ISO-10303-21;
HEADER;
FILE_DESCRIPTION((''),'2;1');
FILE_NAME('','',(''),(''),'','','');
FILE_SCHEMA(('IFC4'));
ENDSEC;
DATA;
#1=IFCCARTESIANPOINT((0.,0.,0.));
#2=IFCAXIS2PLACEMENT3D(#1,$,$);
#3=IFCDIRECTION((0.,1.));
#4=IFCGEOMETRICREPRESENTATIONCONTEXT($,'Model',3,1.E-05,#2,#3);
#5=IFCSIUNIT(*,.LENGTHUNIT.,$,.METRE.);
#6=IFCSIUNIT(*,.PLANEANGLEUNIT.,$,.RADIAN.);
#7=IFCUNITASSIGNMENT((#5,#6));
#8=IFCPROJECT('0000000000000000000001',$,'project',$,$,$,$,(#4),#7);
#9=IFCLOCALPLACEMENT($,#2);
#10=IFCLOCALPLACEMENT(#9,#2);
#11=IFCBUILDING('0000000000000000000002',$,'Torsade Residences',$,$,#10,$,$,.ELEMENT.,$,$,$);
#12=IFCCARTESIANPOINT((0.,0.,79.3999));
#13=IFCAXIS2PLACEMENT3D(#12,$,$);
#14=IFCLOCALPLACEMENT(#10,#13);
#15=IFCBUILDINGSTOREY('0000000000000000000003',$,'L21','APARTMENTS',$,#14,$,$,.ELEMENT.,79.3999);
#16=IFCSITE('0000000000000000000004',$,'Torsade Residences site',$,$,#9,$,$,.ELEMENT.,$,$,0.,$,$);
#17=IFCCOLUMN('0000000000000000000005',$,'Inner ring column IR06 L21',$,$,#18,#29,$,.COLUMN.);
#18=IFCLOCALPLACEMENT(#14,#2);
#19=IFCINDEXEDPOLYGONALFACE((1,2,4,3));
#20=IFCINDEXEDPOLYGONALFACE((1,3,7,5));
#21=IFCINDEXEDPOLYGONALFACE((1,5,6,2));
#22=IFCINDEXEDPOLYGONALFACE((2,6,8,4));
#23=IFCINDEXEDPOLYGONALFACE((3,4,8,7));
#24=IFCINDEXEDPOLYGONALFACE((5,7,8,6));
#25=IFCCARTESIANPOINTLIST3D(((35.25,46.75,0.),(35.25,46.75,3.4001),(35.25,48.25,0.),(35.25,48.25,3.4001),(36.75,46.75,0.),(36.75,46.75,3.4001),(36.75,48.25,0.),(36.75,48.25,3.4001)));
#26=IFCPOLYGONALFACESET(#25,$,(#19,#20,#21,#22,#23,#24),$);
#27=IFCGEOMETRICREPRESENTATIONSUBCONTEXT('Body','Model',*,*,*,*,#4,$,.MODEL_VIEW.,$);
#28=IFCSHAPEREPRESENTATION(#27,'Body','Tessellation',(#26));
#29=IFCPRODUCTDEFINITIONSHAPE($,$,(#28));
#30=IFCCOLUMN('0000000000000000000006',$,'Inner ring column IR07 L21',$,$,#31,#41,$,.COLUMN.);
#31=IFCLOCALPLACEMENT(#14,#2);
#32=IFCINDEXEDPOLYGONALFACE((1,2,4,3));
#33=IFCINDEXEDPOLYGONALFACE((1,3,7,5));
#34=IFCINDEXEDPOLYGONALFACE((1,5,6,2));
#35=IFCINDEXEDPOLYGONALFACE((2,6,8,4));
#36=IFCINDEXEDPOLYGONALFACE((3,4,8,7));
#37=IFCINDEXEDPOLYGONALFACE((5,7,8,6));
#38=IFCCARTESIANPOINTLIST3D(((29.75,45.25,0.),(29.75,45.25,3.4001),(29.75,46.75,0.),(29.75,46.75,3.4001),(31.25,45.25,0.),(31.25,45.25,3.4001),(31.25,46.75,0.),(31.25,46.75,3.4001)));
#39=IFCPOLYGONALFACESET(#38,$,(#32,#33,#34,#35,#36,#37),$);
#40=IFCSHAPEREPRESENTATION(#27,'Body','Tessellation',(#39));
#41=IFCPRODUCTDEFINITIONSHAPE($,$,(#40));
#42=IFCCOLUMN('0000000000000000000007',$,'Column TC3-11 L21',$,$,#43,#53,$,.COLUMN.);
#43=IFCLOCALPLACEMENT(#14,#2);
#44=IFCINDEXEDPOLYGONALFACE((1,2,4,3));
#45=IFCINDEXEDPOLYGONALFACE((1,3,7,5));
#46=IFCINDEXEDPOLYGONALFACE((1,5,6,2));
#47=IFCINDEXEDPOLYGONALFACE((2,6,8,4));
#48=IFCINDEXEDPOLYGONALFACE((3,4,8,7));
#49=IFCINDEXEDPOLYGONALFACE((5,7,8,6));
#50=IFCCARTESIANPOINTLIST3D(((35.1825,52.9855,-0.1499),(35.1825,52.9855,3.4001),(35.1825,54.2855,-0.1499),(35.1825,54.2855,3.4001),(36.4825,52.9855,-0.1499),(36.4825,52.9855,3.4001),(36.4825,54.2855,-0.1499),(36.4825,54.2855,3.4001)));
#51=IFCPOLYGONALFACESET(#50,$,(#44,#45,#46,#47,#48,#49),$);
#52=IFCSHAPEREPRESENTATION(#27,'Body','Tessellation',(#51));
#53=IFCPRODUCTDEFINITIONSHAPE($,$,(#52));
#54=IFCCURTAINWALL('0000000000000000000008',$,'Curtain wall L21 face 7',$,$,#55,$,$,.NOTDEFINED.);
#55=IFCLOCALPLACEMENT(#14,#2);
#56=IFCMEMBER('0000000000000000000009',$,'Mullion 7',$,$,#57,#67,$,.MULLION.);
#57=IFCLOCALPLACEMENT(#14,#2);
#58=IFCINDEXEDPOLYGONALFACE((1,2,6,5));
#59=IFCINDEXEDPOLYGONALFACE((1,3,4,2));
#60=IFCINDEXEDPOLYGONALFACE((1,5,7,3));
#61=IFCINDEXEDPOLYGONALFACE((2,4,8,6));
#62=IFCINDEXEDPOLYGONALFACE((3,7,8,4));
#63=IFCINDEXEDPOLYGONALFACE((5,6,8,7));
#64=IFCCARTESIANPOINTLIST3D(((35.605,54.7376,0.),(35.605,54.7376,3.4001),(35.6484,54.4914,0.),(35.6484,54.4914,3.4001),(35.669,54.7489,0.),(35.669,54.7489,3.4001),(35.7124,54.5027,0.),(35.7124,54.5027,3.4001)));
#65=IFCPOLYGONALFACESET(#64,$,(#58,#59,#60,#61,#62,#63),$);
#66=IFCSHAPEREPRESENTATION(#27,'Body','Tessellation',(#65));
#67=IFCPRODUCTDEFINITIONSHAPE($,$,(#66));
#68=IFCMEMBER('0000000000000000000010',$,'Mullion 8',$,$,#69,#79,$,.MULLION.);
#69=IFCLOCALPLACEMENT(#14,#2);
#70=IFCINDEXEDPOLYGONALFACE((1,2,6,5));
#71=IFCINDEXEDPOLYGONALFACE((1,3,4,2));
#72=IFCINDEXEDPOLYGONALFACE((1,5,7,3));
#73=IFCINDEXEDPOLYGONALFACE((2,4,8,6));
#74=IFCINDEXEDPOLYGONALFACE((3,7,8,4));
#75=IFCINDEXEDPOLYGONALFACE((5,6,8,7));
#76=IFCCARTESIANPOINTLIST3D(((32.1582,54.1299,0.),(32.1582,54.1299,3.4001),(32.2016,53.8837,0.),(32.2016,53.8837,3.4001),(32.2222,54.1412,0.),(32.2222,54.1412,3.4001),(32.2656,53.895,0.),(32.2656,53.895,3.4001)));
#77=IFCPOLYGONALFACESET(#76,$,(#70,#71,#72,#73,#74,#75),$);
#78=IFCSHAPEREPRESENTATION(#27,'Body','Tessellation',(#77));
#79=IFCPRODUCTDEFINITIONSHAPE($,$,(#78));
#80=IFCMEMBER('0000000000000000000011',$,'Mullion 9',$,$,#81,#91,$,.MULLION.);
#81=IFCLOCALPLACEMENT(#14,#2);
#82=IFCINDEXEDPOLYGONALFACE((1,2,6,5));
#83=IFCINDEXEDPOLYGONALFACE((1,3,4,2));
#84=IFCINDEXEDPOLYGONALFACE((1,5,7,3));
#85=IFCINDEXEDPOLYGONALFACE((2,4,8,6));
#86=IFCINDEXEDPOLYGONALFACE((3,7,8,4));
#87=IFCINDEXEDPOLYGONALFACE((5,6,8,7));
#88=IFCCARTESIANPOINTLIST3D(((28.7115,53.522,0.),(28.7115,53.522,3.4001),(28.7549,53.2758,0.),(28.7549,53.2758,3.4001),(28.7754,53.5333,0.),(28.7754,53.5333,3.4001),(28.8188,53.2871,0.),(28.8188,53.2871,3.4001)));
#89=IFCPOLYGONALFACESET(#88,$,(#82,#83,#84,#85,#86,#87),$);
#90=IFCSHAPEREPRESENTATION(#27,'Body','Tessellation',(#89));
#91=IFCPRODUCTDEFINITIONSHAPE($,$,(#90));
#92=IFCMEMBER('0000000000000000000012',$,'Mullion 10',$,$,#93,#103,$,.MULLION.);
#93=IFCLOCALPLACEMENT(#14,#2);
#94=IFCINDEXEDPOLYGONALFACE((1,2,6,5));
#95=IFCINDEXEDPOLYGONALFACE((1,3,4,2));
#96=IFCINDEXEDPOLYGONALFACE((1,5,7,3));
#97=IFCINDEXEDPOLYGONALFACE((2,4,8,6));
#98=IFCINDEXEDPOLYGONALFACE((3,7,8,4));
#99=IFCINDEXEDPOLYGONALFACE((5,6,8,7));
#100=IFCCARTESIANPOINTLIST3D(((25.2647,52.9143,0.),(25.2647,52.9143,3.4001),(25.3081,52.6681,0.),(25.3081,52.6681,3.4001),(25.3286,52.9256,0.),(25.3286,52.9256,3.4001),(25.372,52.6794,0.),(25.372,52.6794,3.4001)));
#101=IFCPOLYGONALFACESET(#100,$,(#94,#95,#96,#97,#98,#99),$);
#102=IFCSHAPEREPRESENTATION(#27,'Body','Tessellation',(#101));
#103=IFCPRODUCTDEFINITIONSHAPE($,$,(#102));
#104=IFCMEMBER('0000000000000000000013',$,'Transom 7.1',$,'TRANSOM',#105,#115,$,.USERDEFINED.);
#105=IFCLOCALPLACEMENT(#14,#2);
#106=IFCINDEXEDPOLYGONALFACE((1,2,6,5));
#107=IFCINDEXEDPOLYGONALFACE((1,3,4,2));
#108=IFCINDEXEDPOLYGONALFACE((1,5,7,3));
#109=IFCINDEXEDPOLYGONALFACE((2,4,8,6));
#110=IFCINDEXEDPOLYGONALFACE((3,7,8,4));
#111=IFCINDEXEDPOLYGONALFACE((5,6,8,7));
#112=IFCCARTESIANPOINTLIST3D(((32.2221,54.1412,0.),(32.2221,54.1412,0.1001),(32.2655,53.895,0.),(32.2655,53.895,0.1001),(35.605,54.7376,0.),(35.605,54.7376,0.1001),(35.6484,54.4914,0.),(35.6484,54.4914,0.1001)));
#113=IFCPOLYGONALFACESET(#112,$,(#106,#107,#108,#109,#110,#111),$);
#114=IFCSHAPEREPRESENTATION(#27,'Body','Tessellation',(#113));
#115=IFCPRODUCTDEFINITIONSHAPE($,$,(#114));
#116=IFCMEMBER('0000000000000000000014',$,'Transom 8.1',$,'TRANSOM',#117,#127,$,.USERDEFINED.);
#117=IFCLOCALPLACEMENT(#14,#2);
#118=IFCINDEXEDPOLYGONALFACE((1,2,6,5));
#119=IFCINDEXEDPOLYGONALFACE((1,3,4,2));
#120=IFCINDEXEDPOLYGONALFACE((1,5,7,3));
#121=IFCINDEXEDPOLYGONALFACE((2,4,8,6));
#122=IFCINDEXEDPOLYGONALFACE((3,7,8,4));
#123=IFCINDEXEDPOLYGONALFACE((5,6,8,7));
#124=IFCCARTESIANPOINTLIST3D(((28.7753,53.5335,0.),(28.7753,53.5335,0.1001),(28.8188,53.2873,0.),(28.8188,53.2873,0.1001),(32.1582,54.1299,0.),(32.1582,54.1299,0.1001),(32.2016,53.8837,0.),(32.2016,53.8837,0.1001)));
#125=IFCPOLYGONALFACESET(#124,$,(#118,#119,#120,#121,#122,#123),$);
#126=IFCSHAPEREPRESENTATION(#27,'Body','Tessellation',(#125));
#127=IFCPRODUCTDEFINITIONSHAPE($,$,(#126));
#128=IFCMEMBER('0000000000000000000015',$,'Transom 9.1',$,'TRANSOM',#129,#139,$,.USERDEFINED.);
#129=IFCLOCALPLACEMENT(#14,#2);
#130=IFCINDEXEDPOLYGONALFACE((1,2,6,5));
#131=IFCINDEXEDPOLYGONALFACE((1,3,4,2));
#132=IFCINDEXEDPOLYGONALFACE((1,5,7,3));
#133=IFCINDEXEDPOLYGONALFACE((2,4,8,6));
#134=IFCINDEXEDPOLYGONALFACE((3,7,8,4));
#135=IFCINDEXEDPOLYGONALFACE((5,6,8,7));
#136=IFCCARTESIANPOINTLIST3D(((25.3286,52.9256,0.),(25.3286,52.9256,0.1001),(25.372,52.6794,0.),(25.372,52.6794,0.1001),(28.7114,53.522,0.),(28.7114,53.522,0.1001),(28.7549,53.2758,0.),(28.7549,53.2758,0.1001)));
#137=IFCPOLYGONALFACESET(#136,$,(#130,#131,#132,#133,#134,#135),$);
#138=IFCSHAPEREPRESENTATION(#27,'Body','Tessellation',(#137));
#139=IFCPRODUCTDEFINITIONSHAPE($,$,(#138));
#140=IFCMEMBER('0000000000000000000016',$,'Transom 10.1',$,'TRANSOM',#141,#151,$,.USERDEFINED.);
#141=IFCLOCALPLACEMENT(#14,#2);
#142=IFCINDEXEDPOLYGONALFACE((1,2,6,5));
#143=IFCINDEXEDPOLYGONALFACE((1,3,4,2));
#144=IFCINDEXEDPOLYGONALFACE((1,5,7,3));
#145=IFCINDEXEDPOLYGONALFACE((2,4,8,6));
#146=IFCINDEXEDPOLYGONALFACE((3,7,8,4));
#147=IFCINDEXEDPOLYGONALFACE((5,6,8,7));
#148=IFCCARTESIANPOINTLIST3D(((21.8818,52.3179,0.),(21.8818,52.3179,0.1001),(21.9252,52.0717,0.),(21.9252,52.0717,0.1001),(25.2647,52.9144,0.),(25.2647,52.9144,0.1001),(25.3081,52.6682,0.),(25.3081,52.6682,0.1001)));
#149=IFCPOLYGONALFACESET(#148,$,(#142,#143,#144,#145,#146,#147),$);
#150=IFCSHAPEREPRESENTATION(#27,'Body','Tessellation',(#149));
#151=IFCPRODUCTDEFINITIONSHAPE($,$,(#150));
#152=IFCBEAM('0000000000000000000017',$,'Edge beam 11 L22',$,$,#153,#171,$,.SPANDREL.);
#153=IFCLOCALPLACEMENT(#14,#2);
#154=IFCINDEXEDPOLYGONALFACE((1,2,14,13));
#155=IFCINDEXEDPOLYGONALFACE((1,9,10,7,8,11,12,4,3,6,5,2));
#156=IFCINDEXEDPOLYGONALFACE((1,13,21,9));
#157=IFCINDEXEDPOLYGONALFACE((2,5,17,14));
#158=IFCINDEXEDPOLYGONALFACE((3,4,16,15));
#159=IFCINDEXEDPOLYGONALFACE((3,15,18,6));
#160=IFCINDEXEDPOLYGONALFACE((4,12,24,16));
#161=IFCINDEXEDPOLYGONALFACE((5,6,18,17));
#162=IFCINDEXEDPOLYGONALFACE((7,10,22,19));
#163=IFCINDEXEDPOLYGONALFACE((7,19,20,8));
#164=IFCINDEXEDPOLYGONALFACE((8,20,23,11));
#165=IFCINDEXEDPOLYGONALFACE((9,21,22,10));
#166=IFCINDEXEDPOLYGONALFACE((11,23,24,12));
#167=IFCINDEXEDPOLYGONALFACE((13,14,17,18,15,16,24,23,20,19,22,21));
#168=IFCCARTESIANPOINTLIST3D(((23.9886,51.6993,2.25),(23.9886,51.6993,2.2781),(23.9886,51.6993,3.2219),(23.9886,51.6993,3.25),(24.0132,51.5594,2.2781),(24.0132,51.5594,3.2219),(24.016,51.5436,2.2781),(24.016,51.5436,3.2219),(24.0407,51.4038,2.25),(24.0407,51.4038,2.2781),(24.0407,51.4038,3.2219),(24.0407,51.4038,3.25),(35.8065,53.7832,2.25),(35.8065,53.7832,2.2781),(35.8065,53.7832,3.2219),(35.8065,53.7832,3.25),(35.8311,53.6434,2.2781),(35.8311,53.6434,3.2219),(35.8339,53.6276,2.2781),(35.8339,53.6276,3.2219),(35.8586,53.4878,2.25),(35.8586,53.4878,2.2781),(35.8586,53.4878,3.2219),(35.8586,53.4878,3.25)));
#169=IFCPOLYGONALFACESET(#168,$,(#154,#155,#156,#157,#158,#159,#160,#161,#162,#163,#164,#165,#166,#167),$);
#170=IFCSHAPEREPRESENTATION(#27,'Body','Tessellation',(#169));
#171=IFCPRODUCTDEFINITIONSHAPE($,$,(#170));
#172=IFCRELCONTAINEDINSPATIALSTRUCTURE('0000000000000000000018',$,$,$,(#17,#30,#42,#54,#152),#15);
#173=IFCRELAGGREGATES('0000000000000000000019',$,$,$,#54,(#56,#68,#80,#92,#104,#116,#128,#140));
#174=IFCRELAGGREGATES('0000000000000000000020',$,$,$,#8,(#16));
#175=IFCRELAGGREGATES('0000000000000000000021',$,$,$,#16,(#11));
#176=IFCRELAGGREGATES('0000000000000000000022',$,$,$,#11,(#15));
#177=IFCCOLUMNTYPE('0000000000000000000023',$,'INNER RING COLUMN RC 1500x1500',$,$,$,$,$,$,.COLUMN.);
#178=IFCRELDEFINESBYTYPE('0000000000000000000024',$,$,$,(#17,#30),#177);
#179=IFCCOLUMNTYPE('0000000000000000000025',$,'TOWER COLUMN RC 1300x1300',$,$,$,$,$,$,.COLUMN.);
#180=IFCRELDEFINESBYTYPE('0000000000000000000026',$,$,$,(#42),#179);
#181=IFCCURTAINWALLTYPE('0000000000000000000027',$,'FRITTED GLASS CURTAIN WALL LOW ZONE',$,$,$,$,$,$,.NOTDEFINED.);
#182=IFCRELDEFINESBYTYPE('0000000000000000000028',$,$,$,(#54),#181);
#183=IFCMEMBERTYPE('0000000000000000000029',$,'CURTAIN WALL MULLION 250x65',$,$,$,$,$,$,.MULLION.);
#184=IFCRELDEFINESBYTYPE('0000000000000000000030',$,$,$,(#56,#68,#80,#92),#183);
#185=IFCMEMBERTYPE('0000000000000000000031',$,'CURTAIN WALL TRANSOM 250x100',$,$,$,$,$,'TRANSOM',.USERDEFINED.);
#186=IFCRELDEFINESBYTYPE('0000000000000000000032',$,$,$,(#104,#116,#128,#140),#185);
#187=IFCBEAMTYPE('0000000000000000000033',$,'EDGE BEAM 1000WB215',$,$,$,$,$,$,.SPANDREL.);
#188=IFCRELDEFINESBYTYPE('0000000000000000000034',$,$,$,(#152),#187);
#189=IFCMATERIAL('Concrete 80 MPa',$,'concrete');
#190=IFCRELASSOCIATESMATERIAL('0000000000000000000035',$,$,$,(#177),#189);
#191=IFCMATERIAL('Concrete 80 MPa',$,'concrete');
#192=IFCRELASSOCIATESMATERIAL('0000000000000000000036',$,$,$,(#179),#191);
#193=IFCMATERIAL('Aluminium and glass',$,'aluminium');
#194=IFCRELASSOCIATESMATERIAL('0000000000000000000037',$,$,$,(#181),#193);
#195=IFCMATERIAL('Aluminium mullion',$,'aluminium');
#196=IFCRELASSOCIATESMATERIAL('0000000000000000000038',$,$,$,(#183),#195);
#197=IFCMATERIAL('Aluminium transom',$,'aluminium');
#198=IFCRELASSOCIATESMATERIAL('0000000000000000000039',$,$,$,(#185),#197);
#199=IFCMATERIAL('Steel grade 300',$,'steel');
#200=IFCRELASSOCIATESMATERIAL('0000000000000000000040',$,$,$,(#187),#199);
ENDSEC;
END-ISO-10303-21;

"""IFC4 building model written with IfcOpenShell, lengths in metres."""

from ifc_helpers import new_model, si_unit, direction, frame, origin, origin_2d, place, context, subcontext, project, spatial, rectangle, i_section, extrude, material, material_profile, profile_set, type_object, element, aggregate, save


model = new_model("IFC4")

# Units and contexts
model_context = context("Model", 3, precision=1e-05, world=origin(), true_north=direction((0.0, 1.0)))
body_context = subcontext(model_context, "Body", "Model", "MODEL_VIEW")
ifc_project = project(units=[si_unit("LENGTHUNIT", "METRE"), si_unit("PLANEANGLEUNIT", "RADIAN")], contexts=[model_context])

# Site, building, storey
site_placement = place(None, origin())
site = spatial("IfcSite", under=ifc_project, at=site_placement, Name="Torsade Residences site", CompositionType="ELEMENT", RefElevation=0.0)
building_placement = place(site_placement, origin())
building = spatial("IfcBuilding", under=site, at=building_placement, Name="Torsade Residences", CompositionType="ELEMENT")
storey_placement = place(building_placement, frame((0.0, 0.0, 79.3999)))
storey = spatial("IfcBuildingStorey", under=building, at=storey_placement, Name="L21", Description="APARTMENTS", CompositionType="ELEMENT", Elevation=79.3999)

# Columns
ifc_material_1 = material(Name="Concrete 80 MPa", Category="concrete")
ifc_material_profile_1 = material_profile(ifc_material_1, rectangle(XDim=1.5, YDim=1.5, at=origin_2d()), Name="RC 1500x1500")
ifc_profile_set_1 = profile_set([ifc_material_profile_1], Name="Concrete 80 MPa")
column_type_1 = type_object("IfcColumnType", Name="INNER RING COLUMN RC 1500x1500", PredefinedType="COLUMN", material=ifc_profile_set_1)
for number, where, z_axis, x_axis, name in (
    (1, (36.0, 47.5, 0.0), (0.0, 0.0, 1.0), (1.0, 0.0, 0.0), "Inner ring column IR06 L21"),
    (2, (30.5, 46.0, 0.0), (0.0, 0.0, 1.0), (1.0, 0.0, 0.0), "Inner ring column IR07 L21"),
):
    element("IfcColumn", number, at=place(storey_placement, frame(where, z_axis=z_axis, x_axis=x_axis)), inside=storey, type_object=column_type_1, Name=name, PredefinedType="COLUMN", context=body_context, shape_type="SweptSolid", body=[
        extrude(rectangle(XDim=1.5, YDim=1.5, at=origin_2d()), origin(), (0.0, 0.0, 1.0), 3.4001),
    ])
ifc_material_2 = material(Name="Concrete 80 MPa", Category="concrete")
ifc_material_profile_2 = material_profile(ifc_material_2, rectangle(XDim=1.3, YDim=1.3, at=origin_2d()), Name="RC 1300x1300")
ifc_profile_set_2 = profile_set([ifc_material_profile_2], Name="Concrete 80 MPa")
column_type_2 = type_object("IfcColumnType", Name="TOWER COLUMN RC 1300x1300", PredefinedType="COLUMN", material=ifc_profile_set_2)
column_placement = place(storey_placement, frame((35.8325, 53.6355, -0.1499), z_axis=(0.0, 0.0, 1.0), x_axis=(1.0, 0.0, 0.0)))
element("IfcColumn", 3, at=column_placement, inside=storey, type_object=column_type_2, Name="Column TC3-11 L21", PredefinedType="COLUMN", context=body_context, shape_type="SweptSolid", body=[
    extrude(rectangle(XDim=1.3, YDim=1.3, at=origin_2d()), origin(), (0.0, 0.0, 1.0), 3.55),
])

# Curtain wall, members
ifc_material_3 = material(Name="Aluminium and glass", Category="aluminium")
curtain_wall_type = type_object("IfcCurtainWallType", Name="FRITTED GLASS CURTAIN WALL LOW ZONE", PredefinedType="NOTDEFINED", material=ifc_material_3)
curtain_wall_placement = place(storey_placement, origin())
curtain_wall = element("IfcCurtainWall", 4, at=curtain_wall_placement, inside=storey, type_object=curtain_wall_type, Name="Curtain wall L21 face 7", PredefinedType="NOTDEFINED")
ifc_material_4 = material(Name="Aluminium mullion", Category="aluminium")
ifc_material_profile_3 = material_profile(ifc_material_4, rectangle(XDim=0.25, YDim=0.0649, at=origin_2d()), Name="CURTAIN WALL MULLION 250x65")
ifc_profile_set_3 = profile_set([ifc_material_profile_3], Name="Aluminium mullion")
member_type_1 = type_object("IfcMemberType", Name="CURTAIN WALL MULLION 250x65", PredefinedType="MULLION", material=ifc_profile_set_3)
member_1_placement = place(storey_placement, frame((35.6587, 54.6201, 0.0), z_axis=(0.0, 0.0, 1.0), x_axis=(0.173648, -0.984808, 0.0)))
member_1 = element("IfcMember", 5, at=member_1_placement, type_object=member_type_1, Name="Mullion 7", PredefinedType="MULLION", context=body_context, shape_type="SweptSolid", body=[
    extrude(rectangle(XDim=0.25, YDim=0.0649, at=origin_2d()), origin(), (0.0, 0.0, 1.0), 3.4001),
])
member_2_placement = place(storey_placement, frame((32.2119, 54.0125, 0.0), z_axis=(0.0, 0.0, 1.0), x_axis=(0.173648, -0.984808, 0.0)))
member_2 = element("IfcMember", 6, at=member_2_placement, type_object=member_type_1, Name="Mullion 8", PredefinedType="MULLION", context=body_context, shape_type="SweptSolid", body=[
    extrude(rectangle(XDim=0.25, YDim=0.0649, at=origin_2d()), origin(), (0.0, 0.0, 1.0), 3.4001),
])
member_3_placement = place(storey_placement, frame((28.7651, 53.4045, 0.0), z_axis=(0.0, 0.0, 1.0), x_axis=(0.173648, -0.984808, 0.0)))
member_3 = element("IfcMember", 7, at=member_3_placement, type_object=member_type_1, Name="Mullion 9", PredefinedType="MULLION", context=body_context, shape_type="SweptSolid", body=[
    extrude(rectangle(XDim=0.25, YDim=0.0649, at=origin_2d()), origin(), (0.0, 0.0, 1.0), 3.4001),
])
member_4_placement = place(storey_placement, frame((25.3184, 52.7969, 0.0), z_axis=(0.0, 0.0, 1.0), x_axis=(0.173648, -0.984808, 0.0)))
member_4 = element("IfcMember", 8, at=member_4_placement, type_object=member_type_1, Name="Mullion 10", PredefinedType="MULLION", context=body_context, shape_type="SweptSolid", body=[
    extrude(rectangle(XDim=0.25, YDim=0.0649, at=origin_2d()), origin(), (0.0, 0.0, 1.0), 3.4001),
])
ifc_material_5 = material(Name="Aluminium transom", Category="aluminium")
ifc_material_profile_4 = material_profile(ifc_material_5, rectangle(XDim=0.25, YDim=0.1001, at=origin_2d()), Name="CURTAIN WALL TRANSOM 250x100")
ifc_profile_set_4 = profile_set([ifc_material_profile_4], Name="Aluminium transom")
member_type_2 = type_object("IfcMemberType", Name="CURTAIN WALL TRANSOM 250x100", ElementType="TRANSOM", PredefinedType="USERDEFINED", material=ifc_profile_set_4)
member_5_placement = place(storey_placement, frame((35.6267, 54.6145, 0.05), z_axis=(-0.98481, -0.173635, 0.0), x_axis=(0.173635, -0.98481, 0.0)))
member_5 = element("IfcMember", 9, at=member_5_placement, type_object=member_type_2, Name="Transom 7.1", ObjectType="TRANSOM", PredefinedType="USERDEFINED", context=body_context, shape_type="SweptSolid", body=[
    extrude(rectangle(XDim=0.25, YDim=0.1001, at=origin_2d()), origin(), (0.0, 0.0, 1.0), 3.4351),
])
member_6_placement = place(storey_placement, frame((32.1799, 54.0068, 0.05), z_axis=(-0.98481, -0.173635, 0.0), x_axis=(0.173635, -0.98481, 0.0)))
member_6 = element("IfcMember", 10, at=member_6_placement, type_object=member_type_2, Name="Transom 8.1", ObjectType="TRANSOM", PredefinedType="USERDEFINED", context=body_context, shape_type="SweptSolid", body=[
    extrude(rectangle(XDim=0.25, YDim=0.1001, at=origin_2d()), origin(), (0.0, 0.0, 1.0), 3.4351),
])
member_7_placement = place(storey_placement, frame((28.7332, 53.3989, 0.05), z_axis=(-0.98481, -0.173635, 0.0), x_axis=(0.173635, -0.98481, 0.0)))
member_7 = element("IfcMember", 11, at=member_7_placement, type_object=member_type_2, Name="Transom 9.1", ObjectType="TRANSOM", PredefinedType="USERDEFINED", context=body_context, shape_type="SweptSolid", body=[
    extrude(rectangle(XDim=0.25, YDim=0.1001, at=origin_2d()), origin(), (0.0, 0.0, 1.0), 3.4351),
])
member_8_placement = place(storey_placement, frame((25.2864, 52.7913, 0.05), z_axis=(-0.98481, -0.173635, 0.0), x_axis=(0.173635, -0.98481, 0.0)))
member_8 = element("IfcMember", 12, at=member_8_placement, type_object=member_type_2, Name="Transom 10.1", ObjectType="TRANSOM", PredefinedType="USERDEFINED", context=body_context, shape_type="SweptSolid", body=[
    extrude(rectangle(XDim=0.25, YDim=0.1001, at=origin_2d()), origin(), (0.0, 0.0, 1.0), 3.4351),
])

# Beam
ifc_material_6 = material(Name="Steel grade 300", Category="steel")
ifc_material_profile_5 = material_profile(ifc_material_6, i_section(OverallWidth=0.3, OverallDepth=1.0, WebThickness=0.0161, FlangeThickness=0.0281, at=origin_2d()), Name="1000WB215")
ifc_profile_set_5 = profile_set([ifc_material_profile_5], Name="Steel grade 300")
beam_type_1 = type_object("IfcBeamType", Name="EDGE BEAM 1000WB215", PredefinedType="SPANDREL", material=ifc_profile_set_5)
beam_1_placement = place(storey_placement, frame((35.8325, 53.6355, 2.75), z_axis=(-0.984805, -0.173662, 0.0), x_axis=(0.173662, -0.984805, 0.0)))
element("IfcBeam", 13, at=beam_1_placement, inside=storey, type_object=beam_type_1, Name="Edge beam 11 L22", PredefinedType="SPANDREL", context=body_context, shape_type="SweptSolid", body=[
    extrude(i_section(OverallWidth=0.3, OverallDepth=1.0, WebThickness=0.0161, FlangeThickness=0.0281, at=origin_2d()), origin(), (0.0, 0.0, 1.0), 12.0002),
])

aggregate(curtain_wall, [member_1, member_2, member_3, member_4, member_5, member_6, member_7, member_8])

save(model, "model.ifc")
